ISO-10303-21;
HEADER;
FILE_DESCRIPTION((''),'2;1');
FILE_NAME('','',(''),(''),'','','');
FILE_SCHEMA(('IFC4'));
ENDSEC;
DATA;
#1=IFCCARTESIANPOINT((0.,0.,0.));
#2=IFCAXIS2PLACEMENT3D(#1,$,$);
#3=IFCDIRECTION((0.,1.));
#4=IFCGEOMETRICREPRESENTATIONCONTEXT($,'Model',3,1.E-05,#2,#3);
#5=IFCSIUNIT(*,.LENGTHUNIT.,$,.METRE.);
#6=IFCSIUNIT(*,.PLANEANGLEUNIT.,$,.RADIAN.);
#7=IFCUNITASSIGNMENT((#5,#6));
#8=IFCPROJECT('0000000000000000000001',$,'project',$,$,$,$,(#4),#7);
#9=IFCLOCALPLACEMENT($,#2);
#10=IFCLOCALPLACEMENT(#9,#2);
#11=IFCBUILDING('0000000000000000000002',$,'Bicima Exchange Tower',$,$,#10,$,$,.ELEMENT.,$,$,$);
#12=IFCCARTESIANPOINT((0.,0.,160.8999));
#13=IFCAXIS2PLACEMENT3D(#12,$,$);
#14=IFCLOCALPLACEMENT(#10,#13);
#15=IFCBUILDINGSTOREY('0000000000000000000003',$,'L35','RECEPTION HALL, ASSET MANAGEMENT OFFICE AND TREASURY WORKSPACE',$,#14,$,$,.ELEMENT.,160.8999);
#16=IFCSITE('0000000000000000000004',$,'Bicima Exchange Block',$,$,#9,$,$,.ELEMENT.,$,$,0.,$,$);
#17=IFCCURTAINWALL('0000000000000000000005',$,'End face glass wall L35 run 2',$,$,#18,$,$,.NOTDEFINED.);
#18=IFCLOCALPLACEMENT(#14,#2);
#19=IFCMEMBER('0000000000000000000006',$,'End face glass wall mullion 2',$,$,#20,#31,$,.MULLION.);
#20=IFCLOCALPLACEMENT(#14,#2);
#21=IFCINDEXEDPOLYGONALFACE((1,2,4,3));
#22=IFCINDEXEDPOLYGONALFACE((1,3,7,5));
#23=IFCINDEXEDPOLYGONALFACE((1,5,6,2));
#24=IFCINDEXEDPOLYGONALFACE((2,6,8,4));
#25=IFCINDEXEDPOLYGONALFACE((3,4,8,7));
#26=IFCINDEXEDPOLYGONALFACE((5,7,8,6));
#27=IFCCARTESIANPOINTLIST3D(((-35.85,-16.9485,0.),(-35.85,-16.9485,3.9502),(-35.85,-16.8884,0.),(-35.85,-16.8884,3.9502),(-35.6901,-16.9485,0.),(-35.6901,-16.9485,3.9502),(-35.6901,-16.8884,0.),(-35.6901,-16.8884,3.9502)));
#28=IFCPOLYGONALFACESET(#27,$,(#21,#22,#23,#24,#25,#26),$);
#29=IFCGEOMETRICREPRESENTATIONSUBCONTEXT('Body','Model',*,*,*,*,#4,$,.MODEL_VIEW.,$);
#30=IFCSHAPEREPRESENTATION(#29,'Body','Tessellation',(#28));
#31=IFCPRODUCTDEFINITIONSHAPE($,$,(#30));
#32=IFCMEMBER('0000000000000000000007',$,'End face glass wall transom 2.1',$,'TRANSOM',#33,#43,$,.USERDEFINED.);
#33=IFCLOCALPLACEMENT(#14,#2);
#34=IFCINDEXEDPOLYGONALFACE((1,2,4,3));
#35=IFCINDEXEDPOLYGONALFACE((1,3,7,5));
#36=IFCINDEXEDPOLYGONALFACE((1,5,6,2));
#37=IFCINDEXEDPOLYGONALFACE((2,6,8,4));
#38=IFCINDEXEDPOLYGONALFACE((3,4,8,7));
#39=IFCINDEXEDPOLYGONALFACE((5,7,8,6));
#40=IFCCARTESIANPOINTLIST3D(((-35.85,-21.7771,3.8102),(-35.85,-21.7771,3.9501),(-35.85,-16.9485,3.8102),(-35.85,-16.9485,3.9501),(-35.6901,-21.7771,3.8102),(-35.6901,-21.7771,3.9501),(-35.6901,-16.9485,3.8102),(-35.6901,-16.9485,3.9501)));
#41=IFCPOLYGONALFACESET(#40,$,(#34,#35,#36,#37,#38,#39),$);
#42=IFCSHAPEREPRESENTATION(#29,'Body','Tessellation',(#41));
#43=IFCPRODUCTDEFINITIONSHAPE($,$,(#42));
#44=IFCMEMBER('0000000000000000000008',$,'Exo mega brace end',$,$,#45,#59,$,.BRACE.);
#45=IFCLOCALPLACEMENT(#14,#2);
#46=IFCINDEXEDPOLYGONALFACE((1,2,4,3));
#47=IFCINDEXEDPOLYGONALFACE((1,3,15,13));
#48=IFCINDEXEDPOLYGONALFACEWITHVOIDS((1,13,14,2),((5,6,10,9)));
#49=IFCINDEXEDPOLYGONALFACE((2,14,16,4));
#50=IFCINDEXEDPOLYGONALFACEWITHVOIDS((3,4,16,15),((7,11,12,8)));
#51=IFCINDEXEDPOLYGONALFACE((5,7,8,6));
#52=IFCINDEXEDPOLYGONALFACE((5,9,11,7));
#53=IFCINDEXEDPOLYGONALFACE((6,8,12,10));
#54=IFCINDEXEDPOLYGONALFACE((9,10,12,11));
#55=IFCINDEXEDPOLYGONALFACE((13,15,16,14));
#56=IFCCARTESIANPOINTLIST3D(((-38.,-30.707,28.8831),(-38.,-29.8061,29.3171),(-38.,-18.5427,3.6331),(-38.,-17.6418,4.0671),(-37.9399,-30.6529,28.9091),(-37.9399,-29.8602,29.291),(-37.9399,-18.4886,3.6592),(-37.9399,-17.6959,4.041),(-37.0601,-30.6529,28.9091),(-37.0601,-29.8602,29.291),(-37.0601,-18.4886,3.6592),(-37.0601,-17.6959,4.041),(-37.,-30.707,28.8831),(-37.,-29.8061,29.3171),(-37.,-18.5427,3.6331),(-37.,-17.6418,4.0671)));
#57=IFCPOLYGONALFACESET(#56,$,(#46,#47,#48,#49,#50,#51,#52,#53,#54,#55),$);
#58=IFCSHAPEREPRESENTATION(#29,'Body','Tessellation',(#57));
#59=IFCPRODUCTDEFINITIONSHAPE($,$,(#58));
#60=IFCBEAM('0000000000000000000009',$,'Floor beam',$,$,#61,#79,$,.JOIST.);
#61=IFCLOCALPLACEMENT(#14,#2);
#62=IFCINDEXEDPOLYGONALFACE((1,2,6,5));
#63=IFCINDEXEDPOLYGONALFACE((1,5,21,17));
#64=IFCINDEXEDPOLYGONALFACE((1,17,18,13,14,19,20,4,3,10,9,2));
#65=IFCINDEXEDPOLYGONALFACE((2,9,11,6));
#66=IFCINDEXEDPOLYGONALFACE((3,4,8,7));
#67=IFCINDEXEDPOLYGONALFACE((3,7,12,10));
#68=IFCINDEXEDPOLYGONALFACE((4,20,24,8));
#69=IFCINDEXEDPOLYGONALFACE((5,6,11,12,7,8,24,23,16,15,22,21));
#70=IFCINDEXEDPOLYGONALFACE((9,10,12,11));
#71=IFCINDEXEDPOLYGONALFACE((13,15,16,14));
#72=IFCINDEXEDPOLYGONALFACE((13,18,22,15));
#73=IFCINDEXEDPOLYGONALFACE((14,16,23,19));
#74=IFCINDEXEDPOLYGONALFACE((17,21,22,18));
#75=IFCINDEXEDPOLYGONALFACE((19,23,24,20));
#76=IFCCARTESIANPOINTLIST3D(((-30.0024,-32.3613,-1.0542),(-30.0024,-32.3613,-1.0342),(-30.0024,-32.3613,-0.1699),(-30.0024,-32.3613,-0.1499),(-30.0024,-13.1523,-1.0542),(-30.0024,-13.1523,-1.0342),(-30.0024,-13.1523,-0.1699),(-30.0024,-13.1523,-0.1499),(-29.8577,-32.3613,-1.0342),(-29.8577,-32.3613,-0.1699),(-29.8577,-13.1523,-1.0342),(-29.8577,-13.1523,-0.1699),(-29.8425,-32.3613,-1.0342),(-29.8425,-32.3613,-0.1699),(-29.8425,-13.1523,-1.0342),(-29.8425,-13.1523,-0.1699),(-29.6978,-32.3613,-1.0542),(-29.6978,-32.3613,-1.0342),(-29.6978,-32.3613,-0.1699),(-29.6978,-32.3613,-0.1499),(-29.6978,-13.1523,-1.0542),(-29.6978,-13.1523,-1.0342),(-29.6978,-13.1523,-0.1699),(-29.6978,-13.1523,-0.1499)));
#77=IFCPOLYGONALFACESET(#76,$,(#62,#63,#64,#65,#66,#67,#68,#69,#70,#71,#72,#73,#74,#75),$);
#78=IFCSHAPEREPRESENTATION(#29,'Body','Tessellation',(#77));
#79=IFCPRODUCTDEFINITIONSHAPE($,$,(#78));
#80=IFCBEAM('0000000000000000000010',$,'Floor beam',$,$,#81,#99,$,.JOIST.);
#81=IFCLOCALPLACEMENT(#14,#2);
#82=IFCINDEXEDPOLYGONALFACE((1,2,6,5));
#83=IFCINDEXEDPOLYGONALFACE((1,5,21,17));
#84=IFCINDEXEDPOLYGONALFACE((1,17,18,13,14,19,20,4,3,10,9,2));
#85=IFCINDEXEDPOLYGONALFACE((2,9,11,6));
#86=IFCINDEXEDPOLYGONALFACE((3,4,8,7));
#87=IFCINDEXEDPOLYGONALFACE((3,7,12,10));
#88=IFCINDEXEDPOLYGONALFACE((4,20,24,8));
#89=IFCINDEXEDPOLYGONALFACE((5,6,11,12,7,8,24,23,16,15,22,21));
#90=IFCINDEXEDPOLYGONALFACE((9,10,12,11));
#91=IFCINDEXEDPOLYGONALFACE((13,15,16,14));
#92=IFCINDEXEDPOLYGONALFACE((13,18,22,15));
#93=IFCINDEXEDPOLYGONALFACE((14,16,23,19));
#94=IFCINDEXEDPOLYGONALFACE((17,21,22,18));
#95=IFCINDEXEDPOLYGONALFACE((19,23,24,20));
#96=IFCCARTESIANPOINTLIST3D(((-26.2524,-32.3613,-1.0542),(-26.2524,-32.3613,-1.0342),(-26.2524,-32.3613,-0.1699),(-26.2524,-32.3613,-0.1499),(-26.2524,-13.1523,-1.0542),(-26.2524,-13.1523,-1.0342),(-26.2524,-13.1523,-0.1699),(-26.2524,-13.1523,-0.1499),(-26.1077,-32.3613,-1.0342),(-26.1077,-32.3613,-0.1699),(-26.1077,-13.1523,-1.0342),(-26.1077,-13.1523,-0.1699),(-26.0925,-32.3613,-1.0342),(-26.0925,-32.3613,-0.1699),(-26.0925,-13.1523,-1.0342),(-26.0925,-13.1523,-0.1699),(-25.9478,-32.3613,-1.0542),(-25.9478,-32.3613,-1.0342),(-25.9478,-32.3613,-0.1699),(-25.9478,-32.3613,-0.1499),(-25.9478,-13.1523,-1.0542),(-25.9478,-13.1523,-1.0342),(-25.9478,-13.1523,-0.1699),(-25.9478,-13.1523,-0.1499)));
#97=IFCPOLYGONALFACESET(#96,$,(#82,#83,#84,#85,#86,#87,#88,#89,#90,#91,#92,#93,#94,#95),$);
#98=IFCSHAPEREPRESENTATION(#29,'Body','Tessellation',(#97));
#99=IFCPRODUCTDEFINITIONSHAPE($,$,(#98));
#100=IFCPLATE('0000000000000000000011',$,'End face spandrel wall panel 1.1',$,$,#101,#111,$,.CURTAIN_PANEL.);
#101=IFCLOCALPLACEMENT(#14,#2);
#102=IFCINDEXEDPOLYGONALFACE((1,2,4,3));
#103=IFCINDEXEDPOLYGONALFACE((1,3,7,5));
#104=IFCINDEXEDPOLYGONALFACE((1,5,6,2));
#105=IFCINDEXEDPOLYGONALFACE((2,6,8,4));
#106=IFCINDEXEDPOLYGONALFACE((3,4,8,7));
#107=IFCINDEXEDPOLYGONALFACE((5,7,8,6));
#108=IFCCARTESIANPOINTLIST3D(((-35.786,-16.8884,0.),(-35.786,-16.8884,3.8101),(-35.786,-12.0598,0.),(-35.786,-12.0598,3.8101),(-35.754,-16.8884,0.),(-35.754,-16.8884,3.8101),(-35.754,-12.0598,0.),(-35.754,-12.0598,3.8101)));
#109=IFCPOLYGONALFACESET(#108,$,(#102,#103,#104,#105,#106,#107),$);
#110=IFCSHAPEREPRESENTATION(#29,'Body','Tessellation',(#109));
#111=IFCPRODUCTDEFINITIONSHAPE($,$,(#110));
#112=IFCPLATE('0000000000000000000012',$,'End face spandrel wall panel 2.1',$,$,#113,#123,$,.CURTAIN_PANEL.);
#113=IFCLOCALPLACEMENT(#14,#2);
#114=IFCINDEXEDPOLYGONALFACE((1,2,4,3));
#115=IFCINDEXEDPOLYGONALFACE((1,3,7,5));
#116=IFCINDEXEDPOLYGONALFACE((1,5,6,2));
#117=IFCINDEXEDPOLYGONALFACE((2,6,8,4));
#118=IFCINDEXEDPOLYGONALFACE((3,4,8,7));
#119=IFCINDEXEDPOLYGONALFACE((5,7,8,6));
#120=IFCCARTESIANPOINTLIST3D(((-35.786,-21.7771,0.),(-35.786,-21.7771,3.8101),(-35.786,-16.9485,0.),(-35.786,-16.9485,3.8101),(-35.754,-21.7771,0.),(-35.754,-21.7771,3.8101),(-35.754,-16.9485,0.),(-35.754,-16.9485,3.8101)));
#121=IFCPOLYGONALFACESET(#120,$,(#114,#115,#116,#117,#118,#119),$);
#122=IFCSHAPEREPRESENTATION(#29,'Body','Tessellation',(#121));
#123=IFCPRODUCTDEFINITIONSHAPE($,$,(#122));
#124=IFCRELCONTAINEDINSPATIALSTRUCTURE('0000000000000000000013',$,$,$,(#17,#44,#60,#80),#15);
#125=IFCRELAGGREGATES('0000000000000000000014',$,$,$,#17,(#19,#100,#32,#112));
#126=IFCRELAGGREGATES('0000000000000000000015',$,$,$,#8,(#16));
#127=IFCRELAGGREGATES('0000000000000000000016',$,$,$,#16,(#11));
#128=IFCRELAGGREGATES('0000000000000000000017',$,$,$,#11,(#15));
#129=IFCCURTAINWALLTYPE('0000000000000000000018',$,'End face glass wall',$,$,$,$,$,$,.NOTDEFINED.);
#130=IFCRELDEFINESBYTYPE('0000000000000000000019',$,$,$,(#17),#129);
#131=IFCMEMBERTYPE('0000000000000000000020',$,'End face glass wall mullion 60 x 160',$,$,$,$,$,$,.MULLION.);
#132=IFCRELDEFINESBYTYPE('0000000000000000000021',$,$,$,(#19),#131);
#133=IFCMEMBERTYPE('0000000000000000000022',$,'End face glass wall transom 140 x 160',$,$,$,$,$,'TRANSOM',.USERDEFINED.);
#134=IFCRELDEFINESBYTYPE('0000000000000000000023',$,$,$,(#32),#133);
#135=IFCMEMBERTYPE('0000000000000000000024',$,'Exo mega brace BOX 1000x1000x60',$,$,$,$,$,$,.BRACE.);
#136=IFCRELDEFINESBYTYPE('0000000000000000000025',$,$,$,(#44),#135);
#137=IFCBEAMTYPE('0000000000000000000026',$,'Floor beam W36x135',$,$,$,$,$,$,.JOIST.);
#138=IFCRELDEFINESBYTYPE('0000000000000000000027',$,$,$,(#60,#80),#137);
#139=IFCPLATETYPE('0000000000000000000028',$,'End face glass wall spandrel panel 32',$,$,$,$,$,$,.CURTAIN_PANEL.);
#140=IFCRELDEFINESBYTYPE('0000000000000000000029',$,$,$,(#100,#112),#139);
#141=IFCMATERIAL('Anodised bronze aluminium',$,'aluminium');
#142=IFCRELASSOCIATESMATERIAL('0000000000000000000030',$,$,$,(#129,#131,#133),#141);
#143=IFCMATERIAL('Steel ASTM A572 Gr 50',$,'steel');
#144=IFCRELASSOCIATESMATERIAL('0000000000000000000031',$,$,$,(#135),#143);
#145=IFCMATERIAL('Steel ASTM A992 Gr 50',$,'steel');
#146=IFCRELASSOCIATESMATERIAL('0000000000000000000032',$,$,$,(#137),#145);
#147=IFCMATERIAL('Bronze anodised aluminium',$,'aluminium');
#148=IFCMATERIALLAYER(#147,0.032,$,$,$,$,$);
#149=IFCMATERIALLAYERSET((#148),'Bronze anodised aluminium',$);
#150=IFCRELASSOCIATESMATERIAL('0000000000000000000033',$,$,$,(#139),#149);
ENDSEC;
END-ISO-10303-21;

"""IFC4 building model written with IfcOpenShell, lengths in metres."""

from ifc_helpers import new_model, si_unit, direction, frame, origin, origin_2d, place, context, subcontext, project, spatial, rectangle, hollow_rectangle, i_section, extrude, material, layer, layer_set, material_profile, profile_set, type_object, element, aggregate, save


model = new_model("IFC4")

# Units and contexts
model_context = context("Model", 3, precision=1e-05, world=origin(), true_north=direction((0.0, 1.0)))
body_context = subcontext(model_context, "Body", "Model", "MODEL_VIEW")
ifc_project = project(units=[si_unit("LENGTHUNIT", "METRE"), si_unit("PLANEANGLEUNIT", "RADIAN")], contexts=[model_context])

# Site, building, storey
site_placement = place(None, origin())
site = spatial("IfcSite", under=ifc_project, at=site_placement, Name="Bicima Exchange Block", CompositionType="ELEMENT", RefElevation=0.0)
building_placement = place(site_placement, origin())
building = spatial("IfcBuilding", under=site, at=building_placement, Name="Bicima Exchange Tower", CompositionType="ELEMENT")
storey_placement = place(building_placement, frame((0.0, 0.0, 160.8999)))
storey = spatial("IfcBuildingStorey", under=building, at=storey_placement, Name="L35", Description="RECEPTION HALL, ASSET MANAGEMENT OFFICE AND TREASURY WORKSPACE", CompositionType="ELEMENT", Elevation=160.8999)

# Curtain wall, members
ifc_material_1 = material(Name="Anodised bronze aluminium", Category="aluminium")
curtain_wall_type = type_object("IfcCurtainWallType", Name="End face glass wall", PredefinedType="NOTDEFINED", material=ifc_material_1)
curtain_wall_placement = place(storey_placement, origin())
curtain_wall = element("IfcCurtainWall", 1, at=curtain_wall_placement, inside=storey, type_object=curtain_wall_type, Name="End face glass wall L35 run 2", PredefinedType="NOTDEFINED")
ifc_material_profile_1 = material_profile(ifc_material_1, rectangle(XDim=0.1599, YDim=0.0601, at=origin_2d()))
ifc_profile_set_1 = profile_set([ifc_material_profile_1], Name="Anodised bronze aluminium")
member_type_1 = type_object("IfcMemberType", Name="End face glass wall mullion 60 x 160", PredefinedType="MULLION", material=ifc_profile_set_1)
member_1_placement = place(storey_placement, frame((-35.77, -16.9185, 0.0), z_axis=(0.0, 0.0, 1.0), x_axis=(1.0, 0.0, 0.0)))
member_1 = element("IfcMember", 2, at=member_1_placement, type_object=member_type_1, Name="End face glass wall mullion 2", PredefinedType="MULLION", context=body_context, shape_type="SweptSolid", body=[
    extrude(rectangle(XDim=0.1599, YDim=0.0601, at=origin_2d()), origin(), (0.0, 0.0, 1.0), 3.9502),
])
ifc_material_profile_2 = material_profile(ifc_material_1, rectangle(XDim=0.1599, YDim=0.1399, at=origin_2d()))
ifc_profile_set_2 = profile_set([ifc_material_profile_2], Name="Anodised bronze aluminium")
member_type_2 = type_object("IfcMemberType", Name="End face glass wall transom 140 x 160", ElementType="TRANSOM", PredefinedType="USERDEFINED", material=ifc_profile_set_2)
member_2_placement = place(storey_placement, frame((-35.77, -16.9485, 3.8801), z_axis=(0.0, -1.0, 0.0), x_axis=(1.0, 0.0, 0.0)))
member_2 = element("IfcMember", 3, at=member_2_placement, type_object=member_type_2, Name="End face glass wall transom 2.1", ObjectType="TRANSOM", PredefinedType="USERDEFINED", context=body_context, shape_type="SweptSolid", body=[
    extrude(rectangle(XDim=0.1599, YDim=0.1399, at=origin_2d()), origin(), (0.0, 0.0, 1.0), 4.8286),
])

# Member
ifc_material_2 = material(Name="Steel ASTM A572 Gr 50", Category="steel")
ifc_material_profile_3 = material_profile(ifc_material_2, hollow_rectangle(XDim=1.0, YDim=1.0, WallThickness=0.0601, at=origin_2d()))
ifc_profile_set_3 = profile_set([ifc_material_profile_3], Name="Steel ASTM A572 Gr 50")
member_type_3 = type_object("IfcMemberType", Name="Exo mega brace BOX 1000x1000x60", PredefinedType="BRACE", material=ifc_profile_set_3)
member_3_placement = place(storey_placement, frame((-37.5, -18.0923, 3.8501), z_axis=(0.0, -0.434015, 0.900905), x_axis=(1.0, 0.0, 0.0)))
element("IfcMember", 4, at=member_3_placement, inside=storey, type_object=member_type_3, Name="Exo mega brace end", PredefinedType="BRACE", context=body_context, shape_type="SweptSolid", body=[
    extrude(hollow_rectangle(XDim=1.0, YDim=1.0, WallThickness=0.0601, at=origin_2d()), origin(), (0.0, 0.0, 1.0), 28.0273),
])

# Beams
ifc_material_3 = material(Name="Steel ASTM A992 Gr 50", Category="steel")
ifc_material_profile_4 = material_profile(ifc_material_3, i_section(OverallWidth=0.3047, OverallDepth=0.9043, WebThickness=0.0151, FlangeThickness=0.02, at=origin_2d()))
ifc_profile_set_4 = profile_set([ifc_material_profile_4], Name="Steel ASTM A992 Gr 50")
beam_type = type_object("IfcBeamType", Name="Floor beam W36x135", PredefinedType="JOIST", material=ifc_profile_set_4)
for number, where, z_axis, x_axis, name in (
    (5, (-29.8501, -13.1523, -0.6021), (0.0, -1.0, 0.0), (1.0, 0.0, 0.0), "Floor beam"),
    (6, (-26.1001, -13.1523, -0.6021), (0.0, -1.0, 0.0), (1.0, 0.0, 0.0), "Floor beam"),
):
    element("IfcBeam", number, at=place(storey_placement, frame(where, z_axis=z_axis, x_axis=x_axis)), inside=storey, type_object=beam_type, Name=name, PredefinedType="JOIST", context=body_context, shape_type="SweptSolid", body=[
        extrude(i_section(OverallWidth=0.3047, OverallDepth=0.9043, WebThickness=0.0151, FlangeThickness=0.02, at=origin_2d()), origin(), (0.0, 0.0, 1.0), 19.209),
    ])

# Plates
ifc_material_4 = material(Name="Bronze anodised aluminium", Category="aluminium")
ifc_layer_1 = layer(ifc_material_4, 0.032)
ifc_layer_set_1 = layer_set([ifc_layer_1], Name="Bronze anodised aluminium")
plate_type = type_object("IfcPlateType", Name="End face glass wall spandrel panel 32", PredefinedType="CURTAIN_PANEL", material=ifc_layer_set_1)
plate_1_placement = place(storey_placement, frame((-35.77, -14.4741, 0.0), z_axis=(0.0, 0.0, 1.0), x_axis=(0.0, -1.0, 0.0)))
plate_1 = element("IfcPlate", 7, at=plate_1_placement, type_object=plate_type, Name="End face spandrel wall panel 1.1", PredefinedType="CURTAIN_PANEL", context=body_context, shape_type="SweptSolid", body=[
    extrude(rectangle(XDim=4.8286, YDim=0.032, at=origin_2d()), origin(), (0.0, 0.0, 1.0), 3.8101),
])
plate_2_placement = place(storey_placement, frame((-35.77, -19.3628, 0.0), z_axis=(0.0, 0.0, 1.0), x_axis=(0.0, -1.0, 0.0)))
plate_2 = element("IfcPlate", 8, at=plate_2_placement, type_object=plate_type, Name="End face spandrel wall panel 2.1", PredefinedType="CURTAIN_PANEL", context=body_context, shape_type="SweptSolid", body=[
    extrude(rectangle(XDim=4.8286, YDim=0.032, at=origin_2d()), origin(), (0.0, 0.0, 1.0), 3.8101),
])
aggregate(curtain_wall, [member_1, plate_1, member_2, plate_2])

save(model, "model.ifc")
